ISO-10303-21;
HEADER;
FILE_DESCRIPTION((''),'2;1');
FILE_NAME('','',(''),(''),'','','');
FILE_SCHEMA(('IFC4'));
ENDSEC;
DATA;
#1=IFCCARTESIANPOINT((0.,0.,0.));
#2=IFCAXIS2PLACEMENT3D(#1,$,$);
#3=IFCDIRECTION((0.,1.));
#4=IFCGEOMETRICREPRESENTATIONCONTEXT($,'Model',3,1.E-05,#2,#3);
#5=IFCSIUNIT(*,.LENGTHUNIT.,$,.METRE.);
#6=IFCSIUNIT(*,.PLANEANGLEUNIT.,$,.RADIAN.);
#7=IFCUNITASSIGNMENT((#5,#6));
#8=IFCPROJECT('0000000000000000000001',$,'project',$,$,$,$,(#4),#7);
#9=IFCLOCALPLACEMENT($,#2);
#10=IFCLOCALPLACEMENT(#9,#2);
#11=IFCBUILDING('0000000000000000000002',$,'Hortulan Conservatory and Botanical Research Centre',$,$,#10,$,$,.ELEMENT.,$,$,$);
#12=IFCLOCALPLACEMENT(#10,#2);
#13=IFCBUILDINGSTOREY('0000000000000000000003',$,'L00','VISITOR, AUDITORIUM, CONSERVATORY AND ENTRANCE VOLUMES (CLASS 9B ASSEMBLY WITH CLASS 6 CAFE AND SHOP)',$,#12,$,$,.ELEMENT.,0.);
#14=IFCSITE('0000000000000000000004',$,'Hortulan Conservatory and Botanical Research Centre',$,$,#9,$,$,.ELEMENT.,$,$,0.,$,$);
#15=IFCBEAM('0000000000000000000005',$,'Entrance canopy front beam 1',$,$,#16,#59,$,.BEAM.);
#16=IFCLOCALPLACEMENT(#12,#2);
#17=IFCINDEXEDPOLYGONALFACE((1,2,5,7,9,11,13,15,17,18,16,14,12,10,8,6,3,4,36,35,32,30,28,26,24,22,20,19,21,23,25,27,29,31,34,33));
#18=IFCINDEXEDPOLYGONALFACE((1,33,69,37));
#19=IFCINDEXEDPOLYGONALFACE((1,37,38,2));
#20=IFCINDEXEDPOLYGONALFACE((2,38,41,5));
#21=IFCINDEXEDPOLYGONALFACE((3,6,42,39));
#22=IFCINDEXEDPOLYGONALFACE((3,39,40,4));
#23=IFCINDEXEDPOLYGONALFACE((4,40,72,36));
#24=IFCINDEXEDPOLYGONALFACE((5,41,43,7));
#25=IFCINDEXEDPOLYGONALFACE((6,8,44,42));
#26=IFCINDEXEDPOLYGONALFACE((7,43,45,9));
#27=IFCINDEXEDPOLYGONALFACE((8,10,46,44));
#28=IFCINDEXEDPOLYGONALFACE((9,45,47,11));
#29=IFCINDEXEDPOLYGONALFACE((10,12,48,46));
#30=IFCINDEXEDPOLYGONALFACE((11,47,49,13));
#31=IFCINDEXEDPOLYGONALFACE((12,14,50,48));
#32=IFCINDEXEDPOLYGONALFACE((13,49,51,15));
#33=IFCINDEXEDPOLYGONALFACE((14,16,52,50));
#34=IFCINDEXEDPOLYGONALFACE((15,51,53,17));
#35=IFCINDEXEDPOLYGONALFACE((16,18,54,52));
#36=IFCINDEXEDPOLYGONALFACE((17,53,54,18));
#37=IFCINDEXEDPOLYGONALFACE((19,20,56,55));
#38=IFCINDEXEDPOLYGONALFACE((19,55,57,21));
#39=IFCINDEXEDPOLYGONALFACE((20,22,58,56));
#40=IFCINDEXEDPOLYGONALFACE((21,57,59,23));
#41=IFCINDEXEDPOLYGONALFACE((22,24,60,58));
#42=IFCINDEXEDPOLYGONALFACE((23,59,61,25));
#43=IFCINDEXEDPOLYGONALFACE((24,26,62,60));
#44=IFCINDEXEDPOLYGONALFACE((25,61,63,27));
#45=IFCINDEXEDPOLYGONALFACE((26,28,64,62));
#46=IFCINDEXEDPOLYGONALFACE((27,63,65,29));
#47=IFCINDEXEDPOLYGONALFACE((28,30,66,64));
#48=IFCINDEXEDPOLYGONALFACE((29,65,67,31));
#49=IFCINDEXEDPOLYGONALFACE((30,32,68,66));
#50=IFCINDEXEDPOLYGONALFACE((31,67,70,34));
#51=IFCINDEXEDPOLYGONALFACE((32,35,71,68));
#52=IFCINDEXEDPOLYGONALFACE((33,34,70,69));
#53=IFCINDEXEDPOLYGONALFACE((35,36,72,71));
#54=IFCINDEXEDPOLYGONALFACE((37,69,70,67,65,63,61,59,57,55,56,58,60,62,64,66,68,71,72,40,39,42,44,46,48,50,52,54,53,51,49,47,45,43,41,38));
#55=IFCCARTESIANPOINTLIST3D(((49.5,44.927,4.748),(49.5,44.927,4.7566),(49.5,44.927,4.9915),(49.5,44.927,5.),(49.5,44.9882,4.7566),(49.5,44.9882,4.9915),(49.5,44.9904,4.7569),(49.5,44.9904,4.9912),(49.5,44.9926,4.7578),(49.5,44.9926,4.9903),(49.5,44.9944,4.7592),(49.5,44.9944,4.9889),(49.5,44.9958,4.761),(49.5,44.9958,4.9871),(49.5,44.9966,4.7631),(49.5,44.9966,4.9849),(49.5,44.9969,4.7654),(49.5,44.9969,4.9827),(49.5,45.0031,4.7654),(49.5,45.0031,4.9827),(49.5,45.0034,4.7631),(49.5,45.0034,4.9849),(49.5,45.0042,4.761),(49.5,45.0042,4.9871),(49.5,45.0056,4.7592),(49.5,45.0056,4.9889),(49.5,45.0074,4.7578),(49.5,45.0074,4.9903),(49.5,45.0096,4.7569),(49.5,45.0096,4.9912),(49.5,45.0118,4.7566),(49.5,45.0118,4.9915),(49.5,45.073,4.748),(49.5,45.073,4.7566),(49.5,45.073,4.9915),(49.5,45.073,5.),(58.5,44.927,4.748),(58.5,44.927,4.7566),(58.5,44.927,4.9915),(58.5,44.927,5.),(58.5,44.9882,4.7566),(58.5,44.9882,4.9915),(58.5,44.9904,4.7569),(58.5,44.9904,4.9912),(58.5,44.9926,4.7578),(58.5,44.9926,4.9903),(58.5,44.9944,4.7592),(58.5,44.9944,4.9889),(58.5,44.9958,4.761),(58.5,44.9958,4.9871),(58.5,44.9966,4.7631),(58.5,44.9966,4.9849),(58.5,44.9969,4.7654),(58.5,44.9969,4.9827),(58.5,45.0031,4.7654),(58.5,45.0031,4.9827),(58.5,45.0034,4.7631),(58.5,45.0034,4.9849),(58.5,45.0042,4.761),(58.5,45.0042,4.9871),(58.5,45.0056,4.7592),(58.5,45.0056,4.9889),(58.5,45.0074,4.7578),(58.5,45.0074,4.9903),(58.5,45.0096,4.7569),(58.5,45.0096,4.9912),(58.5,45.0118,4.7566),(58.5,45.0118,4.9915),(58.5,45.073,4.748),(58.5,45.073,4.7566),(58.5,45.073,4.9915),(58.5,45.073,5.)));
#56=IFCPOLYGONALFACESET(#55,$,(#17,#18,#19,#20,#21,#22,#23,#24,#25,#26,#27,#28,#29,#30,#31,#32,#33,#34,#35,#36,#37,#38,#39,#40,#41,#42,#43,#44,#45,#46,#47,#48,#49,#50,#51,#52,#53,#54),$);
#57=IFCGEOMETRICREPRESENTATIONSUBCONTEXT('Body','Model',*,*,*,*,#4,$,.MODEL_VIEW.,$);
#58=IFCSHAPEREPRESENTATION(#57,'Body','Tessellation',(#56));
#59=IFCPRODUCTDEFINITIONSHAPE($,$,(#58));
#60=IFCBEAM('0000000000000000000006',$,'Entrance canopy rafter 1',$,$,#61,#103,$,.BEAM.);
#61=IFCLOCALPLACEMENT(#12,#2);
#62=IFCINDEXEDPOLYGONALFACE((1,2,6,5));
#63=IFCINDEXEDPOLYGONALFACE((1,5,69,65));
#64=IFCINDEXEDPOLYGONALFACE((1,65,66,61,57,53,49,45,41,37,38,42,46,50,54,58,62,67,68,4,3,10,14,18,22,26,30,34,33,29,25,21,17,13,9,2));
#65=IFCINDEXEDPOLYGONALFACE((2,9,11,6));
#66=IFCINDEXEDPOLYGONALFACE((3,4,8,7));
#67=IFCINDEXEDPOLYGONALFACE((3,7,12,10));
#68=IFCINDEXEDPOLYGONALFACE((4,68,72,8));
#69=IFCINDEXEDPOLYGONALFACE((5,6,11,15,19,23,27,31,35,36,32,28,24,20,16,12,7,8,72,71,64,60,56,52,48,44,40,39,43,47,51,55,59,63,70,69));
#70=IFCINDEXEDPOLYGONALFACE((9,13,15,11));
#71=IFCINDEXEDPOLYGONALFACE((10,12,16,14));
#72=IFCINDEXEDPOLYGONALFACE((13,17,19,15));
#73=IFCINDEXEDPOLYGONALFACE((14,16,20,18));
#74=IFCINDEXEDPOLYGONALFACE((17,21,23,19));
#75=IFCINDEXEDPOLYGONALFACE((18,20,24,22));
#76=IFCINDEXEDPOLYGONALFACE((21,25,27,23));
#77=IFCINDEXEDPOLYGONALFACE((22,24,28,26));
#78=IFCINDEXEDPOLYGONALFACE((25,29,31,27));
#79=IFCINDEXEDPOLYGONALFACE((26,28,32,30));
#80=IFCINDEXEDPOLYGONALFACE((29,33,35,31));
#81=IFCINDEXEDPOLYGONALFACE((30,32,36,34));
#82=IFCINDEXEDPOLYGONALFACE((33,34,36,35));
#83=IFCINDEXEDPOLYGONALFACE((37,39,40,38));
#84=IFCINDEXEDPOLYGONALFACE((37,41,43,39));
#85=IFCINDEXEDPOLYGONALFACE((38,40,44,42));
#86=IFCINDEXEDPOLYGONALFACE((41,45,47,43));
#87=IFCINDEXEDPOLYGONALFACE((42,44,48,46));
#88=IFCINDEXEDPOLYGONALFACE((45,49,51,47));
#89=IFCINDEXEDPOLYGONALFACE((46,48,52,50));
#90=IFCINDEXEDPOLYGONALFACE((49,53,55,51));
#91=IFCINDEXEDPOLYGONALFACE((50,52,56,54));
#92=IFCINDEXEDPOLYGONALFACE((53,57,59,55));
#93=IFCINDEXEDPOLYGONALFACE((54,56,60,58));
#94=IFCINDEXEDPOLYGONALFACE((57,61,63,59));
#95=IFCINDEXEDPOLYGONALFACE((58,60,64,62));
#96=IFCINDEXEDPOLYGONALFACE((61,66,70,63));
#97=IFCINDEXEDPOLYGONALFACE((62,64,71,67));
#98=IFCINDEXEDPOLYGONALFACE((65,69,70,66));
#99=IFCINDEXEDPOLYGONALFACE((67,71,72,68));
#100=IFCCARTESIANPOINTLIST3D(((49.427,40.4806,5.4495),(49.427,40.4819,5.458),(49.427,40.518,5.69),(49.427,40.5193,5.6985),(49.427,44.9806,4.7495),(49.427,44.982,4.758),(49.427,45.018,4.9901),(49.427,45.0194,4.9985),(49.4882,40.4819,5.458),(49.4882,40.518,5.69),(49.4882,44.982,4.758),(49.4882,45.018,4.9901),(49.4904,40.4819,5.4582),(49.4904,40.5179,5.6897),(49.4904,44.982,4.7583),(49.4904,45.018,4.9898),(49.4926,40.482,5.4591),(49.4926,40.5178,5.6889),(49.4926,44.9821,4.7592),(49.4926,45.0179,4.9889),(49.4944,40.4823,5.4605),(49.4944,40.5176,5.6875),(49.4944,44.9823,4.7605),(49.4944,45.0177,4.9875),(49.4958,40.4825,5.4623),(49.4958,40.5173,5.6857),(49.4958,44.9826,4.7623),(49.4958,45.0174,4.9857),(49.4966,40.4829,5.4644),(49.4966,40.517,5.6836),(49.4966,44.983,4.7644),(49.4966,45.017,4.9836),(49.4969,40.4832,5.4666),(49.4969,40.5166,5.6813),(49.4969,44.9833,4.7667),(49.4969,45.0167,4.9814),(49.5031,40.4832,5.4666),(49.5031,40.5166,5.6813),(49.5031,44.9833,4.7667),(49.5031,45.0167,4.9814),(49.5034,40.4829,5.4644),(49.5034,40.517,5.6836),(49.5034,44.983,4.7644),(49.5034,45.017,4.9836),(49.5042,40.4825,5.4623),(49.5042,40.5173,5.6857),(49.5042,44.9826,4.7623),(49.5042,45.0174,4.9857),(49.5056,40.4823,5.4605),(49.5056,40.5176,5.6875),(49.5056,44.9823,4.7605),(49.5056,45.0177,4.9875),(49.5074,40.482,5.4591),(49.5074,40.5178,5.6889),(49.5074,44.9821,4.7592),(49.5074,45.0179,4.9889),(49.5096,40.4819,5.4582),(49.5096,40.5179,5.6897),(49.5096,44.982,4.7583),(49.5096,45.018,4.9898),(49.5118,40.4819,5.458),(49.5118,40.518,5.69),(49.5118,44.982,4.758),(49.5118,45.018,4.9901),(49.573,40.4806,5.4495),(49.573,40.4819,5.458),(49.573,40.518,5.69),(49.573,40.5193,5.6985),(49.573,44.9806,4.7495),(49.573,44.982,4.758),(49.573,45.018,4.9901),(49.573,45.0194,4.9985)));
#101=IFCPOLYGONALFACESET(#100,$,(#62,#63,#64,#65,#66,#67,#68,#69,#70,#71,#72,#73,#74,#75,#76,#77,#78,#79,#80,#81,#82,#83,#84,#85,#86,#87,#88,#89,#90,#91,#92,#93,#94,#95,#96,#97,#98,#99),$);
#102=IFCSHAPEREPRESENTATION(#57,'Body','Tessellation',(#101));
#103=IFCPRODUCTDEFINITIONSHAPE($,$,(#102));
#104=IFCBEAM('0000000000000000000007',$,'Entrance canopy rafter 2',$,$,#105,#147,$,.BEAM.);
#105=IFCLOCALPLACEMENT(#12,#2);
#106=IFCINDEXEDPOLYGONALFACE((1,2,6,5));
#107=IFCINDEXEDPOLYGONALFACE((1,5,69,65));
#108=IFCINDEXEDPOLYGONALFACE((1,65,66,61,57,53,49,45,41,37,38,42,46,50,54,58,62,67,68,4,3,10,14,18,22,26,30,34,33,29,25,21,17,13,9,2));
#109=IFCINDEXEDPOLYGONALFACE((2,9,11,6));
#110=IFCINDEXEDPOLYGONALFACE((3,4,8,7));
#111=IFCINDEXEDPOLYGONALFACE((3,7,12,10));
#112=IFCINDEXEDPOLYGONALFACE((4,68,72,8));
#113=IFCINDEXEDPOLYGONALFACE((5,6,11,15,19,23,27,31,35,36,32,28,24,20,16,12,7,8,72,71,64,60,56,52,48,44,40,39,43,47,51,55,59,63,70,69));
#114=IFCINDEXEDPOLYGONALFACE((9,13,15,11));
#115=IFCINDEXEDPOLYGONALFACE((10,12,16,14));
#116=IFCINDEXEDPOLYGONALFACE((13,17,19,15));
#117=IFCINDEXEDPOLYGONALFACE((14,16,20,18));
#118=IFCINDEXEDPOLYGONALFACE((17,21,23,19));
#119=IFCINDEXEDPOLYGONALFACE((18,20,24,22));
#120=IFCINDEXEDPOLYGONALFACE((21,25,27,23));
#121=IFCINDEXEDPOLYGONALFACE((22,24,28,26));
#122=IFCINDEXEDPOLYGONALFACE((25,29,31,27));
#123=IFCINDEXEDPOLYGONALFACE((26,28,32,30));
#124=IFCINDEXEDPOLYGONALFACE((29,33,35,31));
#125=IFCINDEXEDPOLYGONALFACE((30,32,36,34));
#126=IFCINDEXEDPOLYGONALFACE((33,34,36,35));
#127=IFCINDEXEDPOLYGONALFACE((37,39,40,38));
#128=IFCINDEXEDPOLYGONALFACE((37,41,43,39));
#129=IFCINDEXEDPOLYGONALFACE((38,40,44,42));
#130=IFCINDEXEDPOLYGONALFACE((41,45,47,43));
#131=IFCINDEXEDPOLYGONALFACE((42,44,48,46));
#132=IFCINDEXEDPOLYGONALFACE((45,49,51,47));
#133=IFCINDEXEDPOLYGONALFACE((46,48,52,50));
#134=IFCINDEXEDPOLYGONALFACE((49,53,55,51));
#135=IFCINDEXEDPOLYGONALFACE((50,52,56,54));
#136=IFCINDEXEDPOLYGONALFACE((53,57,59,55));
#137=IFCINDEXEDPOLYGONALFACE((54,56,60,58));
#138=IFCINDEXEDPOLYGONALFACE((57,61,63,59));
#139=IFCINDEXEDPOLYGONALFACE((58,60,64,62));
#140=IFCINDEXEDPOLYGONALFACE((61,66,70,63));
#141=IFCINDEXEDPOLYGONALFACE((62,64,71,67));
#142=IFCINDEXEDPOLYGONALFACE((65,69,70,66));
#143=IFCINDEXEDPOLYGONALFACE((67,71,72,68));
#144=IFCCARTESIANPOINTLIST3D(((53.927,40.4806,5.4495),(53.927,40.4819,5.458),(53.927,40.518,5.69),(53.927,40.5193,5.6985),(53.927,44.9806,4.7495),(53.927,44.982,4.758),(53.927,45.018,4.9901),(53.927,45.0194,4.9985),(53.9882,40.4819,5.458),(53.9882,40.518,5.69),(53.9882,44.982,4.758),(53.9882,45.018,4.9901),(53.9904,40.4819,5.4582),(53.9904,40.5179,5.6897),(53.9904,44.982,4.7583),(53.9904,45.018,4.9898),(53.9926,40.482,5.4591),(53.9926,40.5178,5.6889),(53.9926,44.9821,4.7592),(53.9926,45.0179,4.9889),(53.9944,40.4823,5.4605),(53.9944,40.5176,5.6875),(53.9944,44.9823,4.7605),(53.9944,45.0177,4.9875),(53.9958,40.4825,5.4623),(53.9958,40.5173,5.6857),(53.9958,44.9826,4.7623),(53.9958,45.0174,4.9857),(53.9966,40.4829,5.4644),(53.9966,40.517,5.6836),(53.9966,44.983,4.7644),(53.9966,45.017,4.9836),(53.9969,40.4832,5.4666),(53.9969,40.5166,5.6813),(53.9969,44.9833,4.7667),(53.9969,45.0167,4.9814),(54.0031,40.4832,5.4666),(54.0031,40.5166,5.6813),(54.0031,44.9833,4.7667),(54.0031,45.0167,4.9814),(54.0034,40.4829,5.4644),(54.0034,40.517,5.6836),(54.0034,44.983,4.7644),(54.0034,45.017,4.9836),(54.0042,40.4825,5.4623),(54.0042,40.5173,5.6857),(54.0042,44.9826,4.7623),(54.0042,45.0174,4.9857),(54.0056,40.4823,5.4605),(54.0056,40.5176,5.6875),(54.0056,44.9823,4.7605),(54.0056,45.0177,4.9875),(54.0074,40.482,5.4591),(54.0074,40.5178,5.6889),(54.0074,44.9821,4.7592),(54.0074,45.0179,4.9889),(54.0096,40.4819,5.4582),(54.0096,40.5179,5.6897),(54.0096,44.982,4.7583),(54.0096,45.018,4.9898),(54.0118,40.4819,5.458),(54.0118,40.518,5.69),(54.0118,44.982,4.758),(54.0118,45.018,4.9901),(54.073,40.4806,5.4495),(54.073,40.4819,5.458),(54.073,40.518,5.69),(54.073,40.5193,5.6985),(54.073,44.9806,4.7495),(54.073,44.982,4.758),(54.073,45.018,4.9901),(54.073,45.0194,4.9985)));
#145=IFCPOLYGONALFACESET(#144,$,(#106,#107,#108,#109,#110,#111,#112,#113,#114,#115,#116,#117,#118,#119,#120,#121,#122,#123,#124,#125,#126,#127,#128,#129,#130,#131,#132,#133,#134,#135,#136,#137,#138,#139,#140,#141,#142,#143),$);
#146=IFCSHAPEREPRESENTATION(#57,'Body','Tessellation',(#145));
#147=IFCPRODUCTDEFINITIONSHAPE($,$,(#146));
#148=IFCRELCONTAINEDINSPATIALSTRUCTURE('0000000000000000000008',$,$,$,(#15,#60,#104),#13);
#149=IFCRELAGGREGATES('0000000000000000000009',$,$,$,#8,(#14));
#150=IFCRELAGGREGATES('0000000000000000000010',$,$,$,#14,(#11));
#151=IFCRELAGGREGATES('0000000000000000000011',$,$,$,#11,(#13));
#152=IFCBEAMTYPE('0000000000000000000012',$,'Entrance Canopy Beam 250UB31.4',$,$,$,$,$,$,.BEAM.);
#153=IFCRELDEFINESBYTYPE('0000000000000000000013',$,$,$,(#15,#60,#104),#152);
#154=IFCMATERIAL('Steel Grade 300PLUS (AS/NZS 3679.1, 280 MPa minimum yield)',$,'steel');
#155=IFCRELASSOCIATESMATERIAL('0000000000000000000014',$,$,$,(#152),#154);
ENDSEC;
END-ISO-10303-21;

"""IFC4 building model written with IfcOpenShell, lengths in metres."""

from ifc_helpers import new_model, si_unit, direction, frame, origin, origin_2d, place, context, subcontext, project, spatial, i_section, extrude, material, material_profile, profile_set, type_object, element, save


model = new_model("IFC4")

# Units and contexts
model_context = context("Model", 3, precision=1e-05, world=origin(), true_north=direction((0.0, 1.0)))
body_context = subcontext(model_context, "Body", "Model", "MODEL_VIEW")
ifc_project = project(units=[si_unit("LENGTHUNIT", "METRE"), si_unit("PLANEANGLEUNIT", "RADIAN")], contexts=[model_context])

# Site, building, storey
site_placement = place(None, origin())
site = spatial("IfcSite", under=ifc_project, at=site_placement, Name="Hortulan Conservatory and Botanical Research Centre", CompositionType="ELEMENT", RefElevation=0.0)
building_placement = place(site_placement, origin())
building = spatial("IfcBuilding", under=site, at=building_placement, Name="Hortulan Conservatory and Botanical Research Centre", CompositionType="ELEMENT")
storey_placement = place(building_placement, origin())
storey = spatial("IfcBuildingStorey", under=building, at=storey_placement, Name="L00", Description="VISITOR, AUDITORIUM, CONSERVATORY AND ENTRANCE VOLUMES (CLASS 9B ASSEMBLY WITH CLASS 6 CAFE AND SHOP)", CompositionType="ELEMENT", Elevation=0.0)

# Shared definitions
ifc_material_1 = material(Name="Steel Grade 300PLUS (AS/NZS 3679.1, 280 MPa minimum yield)", Category="steel")

# Beams
ifc_material_profile_1 = material_profile(ifc_material_1, i_section(OverallWidth=0.146, OverallDepth=0.252, WebThickness=0.0061, FlangeThickness=0.0085, FilletRadius=0.0088, at=origin_2d()), Name="250UB31.4")
ifc_profile_set_1 = profile_set([ifc_material_profile_1], Name="Steel Grade 300PLUS (AS/NZS 3679.1, 280 MPa minimum yield)")
beam_type_1 = type_object("IfcBeamType", Name="Entrance Canopy Beam 250UB31.4", PredefinedType="BEAM", material=ifc_profile_set_1)
beam_1_placement = place(storey_placement, frame((49.5, 45.0, 4.874), z_axis=(1.0, 0.0, 0.0), x_axis=(0.0, 1.0, 0.0)))
element("IfcBeam", 1, at=beam_1_placement, inside=storey, type_object=beam_type_1, Name="Entrance canopy front beam 1", PredefinedType="BEAM", context=body_context, shape_type="SweptSolid", body=[
    extrude(i_section(OverallWidth=0.146, OverallDepth=0.252, WebThickness=0.0061, FlangeThickness=0.0085, FilletRadius=0.0088, at=origin_2d()), origin(), (0.0, 0.0, 1.0), 9.0),
])
for number, where, z_axis, x_axis, name in (
    (2, (49.5, 45.0, 4.874), (0.0, -0.988118, 0.153697), (1.0, 0.0, 0.0), "Entrance canopy rafter 1"),
    (3, (54.0, 45.0, 4.874), (0.0, -0.988118, 0.153697), (1.0, 0.0, 0.0), "Entrance canopy rafter 2"),
):
    element("IfcBeam", number, at=place(storey_placement, frame(where, z_axis=z_axis, x_axis=x_axis)), inside=storey, type_object=beam_type_1, Name=name, PredefinedType="BEAM", context=body_context, shape_type="SweptSolid", body=[
        extrude(i_section(OverallWidth=0.146, OverallDepth=0.252, WebThickness=0.0061, FlangeThickness=0.0085, FilletRadius=0.0088, at=origin_2d()), origin(), (0.0, 0.0, 1.0), 4.5542),
    ])

save(model, "model.ifc")
